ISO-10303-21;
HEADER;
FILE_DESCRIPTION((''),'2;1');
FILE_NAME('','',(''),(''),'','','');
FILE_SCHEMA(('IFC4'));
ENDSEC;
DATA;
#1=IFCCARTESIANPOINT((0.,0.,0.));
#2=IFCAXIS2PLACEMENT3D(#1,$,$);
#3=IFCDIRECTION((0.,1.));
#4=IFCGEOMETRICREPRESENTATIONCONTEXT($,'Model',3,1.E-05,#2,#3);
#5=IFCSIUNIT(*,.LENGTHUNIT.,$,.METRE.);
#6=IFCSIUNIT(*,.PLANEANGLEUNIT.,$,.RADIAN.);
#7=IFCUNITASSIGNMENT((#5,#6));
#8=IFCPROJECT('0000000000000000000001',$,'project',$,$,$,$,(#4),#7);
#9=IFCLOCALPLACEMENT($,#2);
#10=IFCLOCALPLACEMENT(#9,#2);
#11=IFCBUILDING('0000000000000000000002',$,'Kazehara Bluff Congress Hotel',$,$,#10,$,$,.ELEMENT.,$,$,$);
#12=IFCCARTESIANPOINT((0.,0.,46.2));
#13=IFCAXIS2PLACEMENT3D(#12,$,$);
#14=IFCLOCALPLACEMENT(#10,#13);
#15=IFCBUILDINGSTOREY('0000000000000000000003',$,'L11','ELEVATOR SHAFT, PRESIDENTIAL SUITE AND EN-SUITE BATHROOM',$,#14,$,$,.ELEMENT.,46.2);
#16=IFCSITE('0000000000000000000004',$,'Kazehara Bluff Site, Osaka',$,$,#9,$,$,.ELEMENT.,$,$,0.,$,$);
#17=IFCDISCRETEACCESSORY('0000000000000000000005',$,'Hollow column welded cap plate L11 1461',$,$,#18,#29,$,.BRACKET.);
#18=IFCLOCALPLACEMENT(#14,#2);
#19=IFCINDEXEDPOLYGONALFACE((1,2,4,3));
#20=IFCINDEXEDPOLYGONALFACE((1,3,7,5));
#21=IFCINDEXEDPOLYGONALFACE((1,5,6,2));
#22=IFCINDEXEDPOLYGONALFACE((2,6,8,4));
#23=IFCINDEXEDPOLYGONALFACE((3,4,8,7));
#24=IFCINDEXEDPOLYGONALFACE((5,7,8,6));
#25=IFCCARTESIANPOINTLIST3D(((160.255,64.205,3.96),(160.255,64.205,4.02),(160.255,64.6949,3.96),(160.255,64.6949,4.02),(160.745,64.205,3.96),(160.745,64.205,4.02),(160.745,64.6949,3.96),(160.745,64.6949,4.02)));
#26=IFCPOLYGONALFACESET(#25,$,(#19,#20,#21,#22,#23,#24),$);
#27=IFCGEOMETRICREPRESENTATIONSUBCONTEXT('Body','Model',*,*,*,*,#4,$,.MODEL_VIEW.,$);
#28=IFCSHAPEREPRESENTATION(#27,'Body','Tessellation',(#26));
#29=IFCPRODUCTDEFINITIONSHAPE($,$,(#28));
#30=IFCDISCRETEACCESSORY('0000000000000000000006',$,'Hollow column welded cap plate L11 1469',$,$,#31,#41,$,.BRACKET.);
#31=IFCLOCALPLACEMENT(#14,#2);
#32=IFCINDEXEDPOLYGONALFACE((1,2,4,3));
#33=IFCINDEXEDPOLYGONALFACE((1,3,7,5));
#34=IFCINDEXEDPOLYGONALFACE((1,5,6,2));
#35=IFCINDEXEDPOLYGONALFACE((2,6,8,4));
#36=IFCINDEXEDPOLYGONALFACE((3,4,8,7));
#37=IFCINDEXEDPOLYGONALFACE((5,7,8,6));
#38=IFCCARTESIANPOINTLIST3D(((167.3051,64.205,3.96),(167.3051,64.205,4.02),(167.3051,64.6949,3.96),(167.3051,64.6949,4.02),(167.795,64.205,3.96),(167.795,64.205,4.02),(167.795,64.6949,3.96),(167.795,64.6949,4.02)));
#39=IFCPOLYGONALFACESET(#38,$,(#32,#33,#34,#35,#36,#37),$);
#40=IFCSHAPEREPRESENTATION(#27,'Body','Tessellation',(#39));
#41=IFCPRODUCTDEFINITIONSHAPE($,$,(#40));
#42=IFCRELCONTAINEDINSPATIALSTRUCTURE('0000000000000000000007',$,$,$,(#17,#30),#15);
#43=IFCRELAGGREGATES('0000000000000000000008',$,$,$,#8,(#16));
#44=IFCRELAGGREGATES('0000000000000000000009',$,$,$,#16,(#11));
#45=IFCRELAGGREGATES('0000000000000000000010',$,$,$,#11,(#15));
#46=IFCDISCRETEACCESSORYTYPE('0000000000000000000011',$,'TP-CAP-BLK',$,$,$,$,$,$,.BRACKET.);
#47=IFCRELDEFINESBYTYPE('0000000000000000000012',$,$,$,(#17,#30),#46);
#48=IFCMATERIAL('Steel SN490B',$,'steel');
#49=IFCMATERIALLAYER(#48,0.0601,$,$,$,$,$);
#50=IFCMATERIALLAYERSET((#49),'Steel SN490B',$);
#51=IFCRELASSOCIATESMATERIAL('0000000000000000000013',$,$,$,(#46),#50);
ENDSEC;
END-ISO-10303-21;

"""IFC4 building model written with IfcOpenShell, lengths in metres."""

from ifc_helpers import new_model, si_unit, direction, frame, origin, origin_2d, place, context, subcontext, project, spatial, rectangle, extrude, material, layer, layer_set, type_object, element, save


model = new_model("IFC4")

# Units and contexts
model_context = context("Model", 3, precision=1e-05, world=origin(), true_north=direction((0.0, 1.0)))
body_context = subcontext(model_context, "Body", "Model", "MODEL_VIEW")
ifc_project = project(units=[si_unit("LENGTHUNIT", "METRE"), si_unit("PLANEANGLEUNIT", "RADIAN")], contexts=[model_context])

# Site, building, storey
site_placement = place(None, origin())
site = spatial("IfcSite", under=ifc_project, at=site_placement, Name="Kazehara Bluff Site, Osaka", CompositionType="ELEMENT", RefElevation=0.0)
building_placement = place(site_placement, origin())
building = spatial("IfcBuilding", under=site, at=building_placement, Name="Kazehara Bluff Congress Hotel", CompositionType="ELEMENT")
storey_placement = place(building_placement, frame((0.0, 0.0, 46.2)))
storey = spatial("IfcBuildingStorey", under=building, at=storey_placement, Name="L11", Description="ELEVATOR SHAFT, PRESIDENTIAL SUITE AND EN-SUITE BATHROOM", CompositionType="ELEMENT", Elevation=46.2)

# Discrete accessories
ifc_material_1 = material(Name="Steel SN490B", Category="steel")
ifc_layer_1 = layer(ifc_material_1, 0.0601)
ifc_layer_set_1 = layer_set([ifc_layer_1], Name="Steel SN490B")
discrete_accessory_type = type_object("IfcDiscreteAccessoryType", Name="TP-CAP-BLK", PredefinedType="BRACKET", material=ifc_layer_set_1)
for number, where, z_axis, x_axis, name in (
    (1, (160.5, 64.45, 3.96), (0.0, 0.0, 1.0), (1.0, 0.0, 0.0), "Hollow column welded cap plate L11 1461"),
    (2, (167.55, 64.45, 3.96), (0.0, 0.0, 1.0), (1.0, 0.0, 0.0), "Hollow column welded cap plate L11 1469"),
):
    element("IfcDiscreteAccessory", number, at=place(storey_placement, frame(where, z_axis=z_axis, x_axis=x_axis)), inside=storey, type_object=discrete_accessory_type, Name=name, PredefinedType="BRACKET", context=body_context, shape_type="SweptSolid", body=[
        extrude(rectangle(XDim=0.49, YDim=0.49, at=origin_2d()), origin(), (0.0, 0.0, 1.0), 0.0601),
    ])

save(model, "model.ifc")
